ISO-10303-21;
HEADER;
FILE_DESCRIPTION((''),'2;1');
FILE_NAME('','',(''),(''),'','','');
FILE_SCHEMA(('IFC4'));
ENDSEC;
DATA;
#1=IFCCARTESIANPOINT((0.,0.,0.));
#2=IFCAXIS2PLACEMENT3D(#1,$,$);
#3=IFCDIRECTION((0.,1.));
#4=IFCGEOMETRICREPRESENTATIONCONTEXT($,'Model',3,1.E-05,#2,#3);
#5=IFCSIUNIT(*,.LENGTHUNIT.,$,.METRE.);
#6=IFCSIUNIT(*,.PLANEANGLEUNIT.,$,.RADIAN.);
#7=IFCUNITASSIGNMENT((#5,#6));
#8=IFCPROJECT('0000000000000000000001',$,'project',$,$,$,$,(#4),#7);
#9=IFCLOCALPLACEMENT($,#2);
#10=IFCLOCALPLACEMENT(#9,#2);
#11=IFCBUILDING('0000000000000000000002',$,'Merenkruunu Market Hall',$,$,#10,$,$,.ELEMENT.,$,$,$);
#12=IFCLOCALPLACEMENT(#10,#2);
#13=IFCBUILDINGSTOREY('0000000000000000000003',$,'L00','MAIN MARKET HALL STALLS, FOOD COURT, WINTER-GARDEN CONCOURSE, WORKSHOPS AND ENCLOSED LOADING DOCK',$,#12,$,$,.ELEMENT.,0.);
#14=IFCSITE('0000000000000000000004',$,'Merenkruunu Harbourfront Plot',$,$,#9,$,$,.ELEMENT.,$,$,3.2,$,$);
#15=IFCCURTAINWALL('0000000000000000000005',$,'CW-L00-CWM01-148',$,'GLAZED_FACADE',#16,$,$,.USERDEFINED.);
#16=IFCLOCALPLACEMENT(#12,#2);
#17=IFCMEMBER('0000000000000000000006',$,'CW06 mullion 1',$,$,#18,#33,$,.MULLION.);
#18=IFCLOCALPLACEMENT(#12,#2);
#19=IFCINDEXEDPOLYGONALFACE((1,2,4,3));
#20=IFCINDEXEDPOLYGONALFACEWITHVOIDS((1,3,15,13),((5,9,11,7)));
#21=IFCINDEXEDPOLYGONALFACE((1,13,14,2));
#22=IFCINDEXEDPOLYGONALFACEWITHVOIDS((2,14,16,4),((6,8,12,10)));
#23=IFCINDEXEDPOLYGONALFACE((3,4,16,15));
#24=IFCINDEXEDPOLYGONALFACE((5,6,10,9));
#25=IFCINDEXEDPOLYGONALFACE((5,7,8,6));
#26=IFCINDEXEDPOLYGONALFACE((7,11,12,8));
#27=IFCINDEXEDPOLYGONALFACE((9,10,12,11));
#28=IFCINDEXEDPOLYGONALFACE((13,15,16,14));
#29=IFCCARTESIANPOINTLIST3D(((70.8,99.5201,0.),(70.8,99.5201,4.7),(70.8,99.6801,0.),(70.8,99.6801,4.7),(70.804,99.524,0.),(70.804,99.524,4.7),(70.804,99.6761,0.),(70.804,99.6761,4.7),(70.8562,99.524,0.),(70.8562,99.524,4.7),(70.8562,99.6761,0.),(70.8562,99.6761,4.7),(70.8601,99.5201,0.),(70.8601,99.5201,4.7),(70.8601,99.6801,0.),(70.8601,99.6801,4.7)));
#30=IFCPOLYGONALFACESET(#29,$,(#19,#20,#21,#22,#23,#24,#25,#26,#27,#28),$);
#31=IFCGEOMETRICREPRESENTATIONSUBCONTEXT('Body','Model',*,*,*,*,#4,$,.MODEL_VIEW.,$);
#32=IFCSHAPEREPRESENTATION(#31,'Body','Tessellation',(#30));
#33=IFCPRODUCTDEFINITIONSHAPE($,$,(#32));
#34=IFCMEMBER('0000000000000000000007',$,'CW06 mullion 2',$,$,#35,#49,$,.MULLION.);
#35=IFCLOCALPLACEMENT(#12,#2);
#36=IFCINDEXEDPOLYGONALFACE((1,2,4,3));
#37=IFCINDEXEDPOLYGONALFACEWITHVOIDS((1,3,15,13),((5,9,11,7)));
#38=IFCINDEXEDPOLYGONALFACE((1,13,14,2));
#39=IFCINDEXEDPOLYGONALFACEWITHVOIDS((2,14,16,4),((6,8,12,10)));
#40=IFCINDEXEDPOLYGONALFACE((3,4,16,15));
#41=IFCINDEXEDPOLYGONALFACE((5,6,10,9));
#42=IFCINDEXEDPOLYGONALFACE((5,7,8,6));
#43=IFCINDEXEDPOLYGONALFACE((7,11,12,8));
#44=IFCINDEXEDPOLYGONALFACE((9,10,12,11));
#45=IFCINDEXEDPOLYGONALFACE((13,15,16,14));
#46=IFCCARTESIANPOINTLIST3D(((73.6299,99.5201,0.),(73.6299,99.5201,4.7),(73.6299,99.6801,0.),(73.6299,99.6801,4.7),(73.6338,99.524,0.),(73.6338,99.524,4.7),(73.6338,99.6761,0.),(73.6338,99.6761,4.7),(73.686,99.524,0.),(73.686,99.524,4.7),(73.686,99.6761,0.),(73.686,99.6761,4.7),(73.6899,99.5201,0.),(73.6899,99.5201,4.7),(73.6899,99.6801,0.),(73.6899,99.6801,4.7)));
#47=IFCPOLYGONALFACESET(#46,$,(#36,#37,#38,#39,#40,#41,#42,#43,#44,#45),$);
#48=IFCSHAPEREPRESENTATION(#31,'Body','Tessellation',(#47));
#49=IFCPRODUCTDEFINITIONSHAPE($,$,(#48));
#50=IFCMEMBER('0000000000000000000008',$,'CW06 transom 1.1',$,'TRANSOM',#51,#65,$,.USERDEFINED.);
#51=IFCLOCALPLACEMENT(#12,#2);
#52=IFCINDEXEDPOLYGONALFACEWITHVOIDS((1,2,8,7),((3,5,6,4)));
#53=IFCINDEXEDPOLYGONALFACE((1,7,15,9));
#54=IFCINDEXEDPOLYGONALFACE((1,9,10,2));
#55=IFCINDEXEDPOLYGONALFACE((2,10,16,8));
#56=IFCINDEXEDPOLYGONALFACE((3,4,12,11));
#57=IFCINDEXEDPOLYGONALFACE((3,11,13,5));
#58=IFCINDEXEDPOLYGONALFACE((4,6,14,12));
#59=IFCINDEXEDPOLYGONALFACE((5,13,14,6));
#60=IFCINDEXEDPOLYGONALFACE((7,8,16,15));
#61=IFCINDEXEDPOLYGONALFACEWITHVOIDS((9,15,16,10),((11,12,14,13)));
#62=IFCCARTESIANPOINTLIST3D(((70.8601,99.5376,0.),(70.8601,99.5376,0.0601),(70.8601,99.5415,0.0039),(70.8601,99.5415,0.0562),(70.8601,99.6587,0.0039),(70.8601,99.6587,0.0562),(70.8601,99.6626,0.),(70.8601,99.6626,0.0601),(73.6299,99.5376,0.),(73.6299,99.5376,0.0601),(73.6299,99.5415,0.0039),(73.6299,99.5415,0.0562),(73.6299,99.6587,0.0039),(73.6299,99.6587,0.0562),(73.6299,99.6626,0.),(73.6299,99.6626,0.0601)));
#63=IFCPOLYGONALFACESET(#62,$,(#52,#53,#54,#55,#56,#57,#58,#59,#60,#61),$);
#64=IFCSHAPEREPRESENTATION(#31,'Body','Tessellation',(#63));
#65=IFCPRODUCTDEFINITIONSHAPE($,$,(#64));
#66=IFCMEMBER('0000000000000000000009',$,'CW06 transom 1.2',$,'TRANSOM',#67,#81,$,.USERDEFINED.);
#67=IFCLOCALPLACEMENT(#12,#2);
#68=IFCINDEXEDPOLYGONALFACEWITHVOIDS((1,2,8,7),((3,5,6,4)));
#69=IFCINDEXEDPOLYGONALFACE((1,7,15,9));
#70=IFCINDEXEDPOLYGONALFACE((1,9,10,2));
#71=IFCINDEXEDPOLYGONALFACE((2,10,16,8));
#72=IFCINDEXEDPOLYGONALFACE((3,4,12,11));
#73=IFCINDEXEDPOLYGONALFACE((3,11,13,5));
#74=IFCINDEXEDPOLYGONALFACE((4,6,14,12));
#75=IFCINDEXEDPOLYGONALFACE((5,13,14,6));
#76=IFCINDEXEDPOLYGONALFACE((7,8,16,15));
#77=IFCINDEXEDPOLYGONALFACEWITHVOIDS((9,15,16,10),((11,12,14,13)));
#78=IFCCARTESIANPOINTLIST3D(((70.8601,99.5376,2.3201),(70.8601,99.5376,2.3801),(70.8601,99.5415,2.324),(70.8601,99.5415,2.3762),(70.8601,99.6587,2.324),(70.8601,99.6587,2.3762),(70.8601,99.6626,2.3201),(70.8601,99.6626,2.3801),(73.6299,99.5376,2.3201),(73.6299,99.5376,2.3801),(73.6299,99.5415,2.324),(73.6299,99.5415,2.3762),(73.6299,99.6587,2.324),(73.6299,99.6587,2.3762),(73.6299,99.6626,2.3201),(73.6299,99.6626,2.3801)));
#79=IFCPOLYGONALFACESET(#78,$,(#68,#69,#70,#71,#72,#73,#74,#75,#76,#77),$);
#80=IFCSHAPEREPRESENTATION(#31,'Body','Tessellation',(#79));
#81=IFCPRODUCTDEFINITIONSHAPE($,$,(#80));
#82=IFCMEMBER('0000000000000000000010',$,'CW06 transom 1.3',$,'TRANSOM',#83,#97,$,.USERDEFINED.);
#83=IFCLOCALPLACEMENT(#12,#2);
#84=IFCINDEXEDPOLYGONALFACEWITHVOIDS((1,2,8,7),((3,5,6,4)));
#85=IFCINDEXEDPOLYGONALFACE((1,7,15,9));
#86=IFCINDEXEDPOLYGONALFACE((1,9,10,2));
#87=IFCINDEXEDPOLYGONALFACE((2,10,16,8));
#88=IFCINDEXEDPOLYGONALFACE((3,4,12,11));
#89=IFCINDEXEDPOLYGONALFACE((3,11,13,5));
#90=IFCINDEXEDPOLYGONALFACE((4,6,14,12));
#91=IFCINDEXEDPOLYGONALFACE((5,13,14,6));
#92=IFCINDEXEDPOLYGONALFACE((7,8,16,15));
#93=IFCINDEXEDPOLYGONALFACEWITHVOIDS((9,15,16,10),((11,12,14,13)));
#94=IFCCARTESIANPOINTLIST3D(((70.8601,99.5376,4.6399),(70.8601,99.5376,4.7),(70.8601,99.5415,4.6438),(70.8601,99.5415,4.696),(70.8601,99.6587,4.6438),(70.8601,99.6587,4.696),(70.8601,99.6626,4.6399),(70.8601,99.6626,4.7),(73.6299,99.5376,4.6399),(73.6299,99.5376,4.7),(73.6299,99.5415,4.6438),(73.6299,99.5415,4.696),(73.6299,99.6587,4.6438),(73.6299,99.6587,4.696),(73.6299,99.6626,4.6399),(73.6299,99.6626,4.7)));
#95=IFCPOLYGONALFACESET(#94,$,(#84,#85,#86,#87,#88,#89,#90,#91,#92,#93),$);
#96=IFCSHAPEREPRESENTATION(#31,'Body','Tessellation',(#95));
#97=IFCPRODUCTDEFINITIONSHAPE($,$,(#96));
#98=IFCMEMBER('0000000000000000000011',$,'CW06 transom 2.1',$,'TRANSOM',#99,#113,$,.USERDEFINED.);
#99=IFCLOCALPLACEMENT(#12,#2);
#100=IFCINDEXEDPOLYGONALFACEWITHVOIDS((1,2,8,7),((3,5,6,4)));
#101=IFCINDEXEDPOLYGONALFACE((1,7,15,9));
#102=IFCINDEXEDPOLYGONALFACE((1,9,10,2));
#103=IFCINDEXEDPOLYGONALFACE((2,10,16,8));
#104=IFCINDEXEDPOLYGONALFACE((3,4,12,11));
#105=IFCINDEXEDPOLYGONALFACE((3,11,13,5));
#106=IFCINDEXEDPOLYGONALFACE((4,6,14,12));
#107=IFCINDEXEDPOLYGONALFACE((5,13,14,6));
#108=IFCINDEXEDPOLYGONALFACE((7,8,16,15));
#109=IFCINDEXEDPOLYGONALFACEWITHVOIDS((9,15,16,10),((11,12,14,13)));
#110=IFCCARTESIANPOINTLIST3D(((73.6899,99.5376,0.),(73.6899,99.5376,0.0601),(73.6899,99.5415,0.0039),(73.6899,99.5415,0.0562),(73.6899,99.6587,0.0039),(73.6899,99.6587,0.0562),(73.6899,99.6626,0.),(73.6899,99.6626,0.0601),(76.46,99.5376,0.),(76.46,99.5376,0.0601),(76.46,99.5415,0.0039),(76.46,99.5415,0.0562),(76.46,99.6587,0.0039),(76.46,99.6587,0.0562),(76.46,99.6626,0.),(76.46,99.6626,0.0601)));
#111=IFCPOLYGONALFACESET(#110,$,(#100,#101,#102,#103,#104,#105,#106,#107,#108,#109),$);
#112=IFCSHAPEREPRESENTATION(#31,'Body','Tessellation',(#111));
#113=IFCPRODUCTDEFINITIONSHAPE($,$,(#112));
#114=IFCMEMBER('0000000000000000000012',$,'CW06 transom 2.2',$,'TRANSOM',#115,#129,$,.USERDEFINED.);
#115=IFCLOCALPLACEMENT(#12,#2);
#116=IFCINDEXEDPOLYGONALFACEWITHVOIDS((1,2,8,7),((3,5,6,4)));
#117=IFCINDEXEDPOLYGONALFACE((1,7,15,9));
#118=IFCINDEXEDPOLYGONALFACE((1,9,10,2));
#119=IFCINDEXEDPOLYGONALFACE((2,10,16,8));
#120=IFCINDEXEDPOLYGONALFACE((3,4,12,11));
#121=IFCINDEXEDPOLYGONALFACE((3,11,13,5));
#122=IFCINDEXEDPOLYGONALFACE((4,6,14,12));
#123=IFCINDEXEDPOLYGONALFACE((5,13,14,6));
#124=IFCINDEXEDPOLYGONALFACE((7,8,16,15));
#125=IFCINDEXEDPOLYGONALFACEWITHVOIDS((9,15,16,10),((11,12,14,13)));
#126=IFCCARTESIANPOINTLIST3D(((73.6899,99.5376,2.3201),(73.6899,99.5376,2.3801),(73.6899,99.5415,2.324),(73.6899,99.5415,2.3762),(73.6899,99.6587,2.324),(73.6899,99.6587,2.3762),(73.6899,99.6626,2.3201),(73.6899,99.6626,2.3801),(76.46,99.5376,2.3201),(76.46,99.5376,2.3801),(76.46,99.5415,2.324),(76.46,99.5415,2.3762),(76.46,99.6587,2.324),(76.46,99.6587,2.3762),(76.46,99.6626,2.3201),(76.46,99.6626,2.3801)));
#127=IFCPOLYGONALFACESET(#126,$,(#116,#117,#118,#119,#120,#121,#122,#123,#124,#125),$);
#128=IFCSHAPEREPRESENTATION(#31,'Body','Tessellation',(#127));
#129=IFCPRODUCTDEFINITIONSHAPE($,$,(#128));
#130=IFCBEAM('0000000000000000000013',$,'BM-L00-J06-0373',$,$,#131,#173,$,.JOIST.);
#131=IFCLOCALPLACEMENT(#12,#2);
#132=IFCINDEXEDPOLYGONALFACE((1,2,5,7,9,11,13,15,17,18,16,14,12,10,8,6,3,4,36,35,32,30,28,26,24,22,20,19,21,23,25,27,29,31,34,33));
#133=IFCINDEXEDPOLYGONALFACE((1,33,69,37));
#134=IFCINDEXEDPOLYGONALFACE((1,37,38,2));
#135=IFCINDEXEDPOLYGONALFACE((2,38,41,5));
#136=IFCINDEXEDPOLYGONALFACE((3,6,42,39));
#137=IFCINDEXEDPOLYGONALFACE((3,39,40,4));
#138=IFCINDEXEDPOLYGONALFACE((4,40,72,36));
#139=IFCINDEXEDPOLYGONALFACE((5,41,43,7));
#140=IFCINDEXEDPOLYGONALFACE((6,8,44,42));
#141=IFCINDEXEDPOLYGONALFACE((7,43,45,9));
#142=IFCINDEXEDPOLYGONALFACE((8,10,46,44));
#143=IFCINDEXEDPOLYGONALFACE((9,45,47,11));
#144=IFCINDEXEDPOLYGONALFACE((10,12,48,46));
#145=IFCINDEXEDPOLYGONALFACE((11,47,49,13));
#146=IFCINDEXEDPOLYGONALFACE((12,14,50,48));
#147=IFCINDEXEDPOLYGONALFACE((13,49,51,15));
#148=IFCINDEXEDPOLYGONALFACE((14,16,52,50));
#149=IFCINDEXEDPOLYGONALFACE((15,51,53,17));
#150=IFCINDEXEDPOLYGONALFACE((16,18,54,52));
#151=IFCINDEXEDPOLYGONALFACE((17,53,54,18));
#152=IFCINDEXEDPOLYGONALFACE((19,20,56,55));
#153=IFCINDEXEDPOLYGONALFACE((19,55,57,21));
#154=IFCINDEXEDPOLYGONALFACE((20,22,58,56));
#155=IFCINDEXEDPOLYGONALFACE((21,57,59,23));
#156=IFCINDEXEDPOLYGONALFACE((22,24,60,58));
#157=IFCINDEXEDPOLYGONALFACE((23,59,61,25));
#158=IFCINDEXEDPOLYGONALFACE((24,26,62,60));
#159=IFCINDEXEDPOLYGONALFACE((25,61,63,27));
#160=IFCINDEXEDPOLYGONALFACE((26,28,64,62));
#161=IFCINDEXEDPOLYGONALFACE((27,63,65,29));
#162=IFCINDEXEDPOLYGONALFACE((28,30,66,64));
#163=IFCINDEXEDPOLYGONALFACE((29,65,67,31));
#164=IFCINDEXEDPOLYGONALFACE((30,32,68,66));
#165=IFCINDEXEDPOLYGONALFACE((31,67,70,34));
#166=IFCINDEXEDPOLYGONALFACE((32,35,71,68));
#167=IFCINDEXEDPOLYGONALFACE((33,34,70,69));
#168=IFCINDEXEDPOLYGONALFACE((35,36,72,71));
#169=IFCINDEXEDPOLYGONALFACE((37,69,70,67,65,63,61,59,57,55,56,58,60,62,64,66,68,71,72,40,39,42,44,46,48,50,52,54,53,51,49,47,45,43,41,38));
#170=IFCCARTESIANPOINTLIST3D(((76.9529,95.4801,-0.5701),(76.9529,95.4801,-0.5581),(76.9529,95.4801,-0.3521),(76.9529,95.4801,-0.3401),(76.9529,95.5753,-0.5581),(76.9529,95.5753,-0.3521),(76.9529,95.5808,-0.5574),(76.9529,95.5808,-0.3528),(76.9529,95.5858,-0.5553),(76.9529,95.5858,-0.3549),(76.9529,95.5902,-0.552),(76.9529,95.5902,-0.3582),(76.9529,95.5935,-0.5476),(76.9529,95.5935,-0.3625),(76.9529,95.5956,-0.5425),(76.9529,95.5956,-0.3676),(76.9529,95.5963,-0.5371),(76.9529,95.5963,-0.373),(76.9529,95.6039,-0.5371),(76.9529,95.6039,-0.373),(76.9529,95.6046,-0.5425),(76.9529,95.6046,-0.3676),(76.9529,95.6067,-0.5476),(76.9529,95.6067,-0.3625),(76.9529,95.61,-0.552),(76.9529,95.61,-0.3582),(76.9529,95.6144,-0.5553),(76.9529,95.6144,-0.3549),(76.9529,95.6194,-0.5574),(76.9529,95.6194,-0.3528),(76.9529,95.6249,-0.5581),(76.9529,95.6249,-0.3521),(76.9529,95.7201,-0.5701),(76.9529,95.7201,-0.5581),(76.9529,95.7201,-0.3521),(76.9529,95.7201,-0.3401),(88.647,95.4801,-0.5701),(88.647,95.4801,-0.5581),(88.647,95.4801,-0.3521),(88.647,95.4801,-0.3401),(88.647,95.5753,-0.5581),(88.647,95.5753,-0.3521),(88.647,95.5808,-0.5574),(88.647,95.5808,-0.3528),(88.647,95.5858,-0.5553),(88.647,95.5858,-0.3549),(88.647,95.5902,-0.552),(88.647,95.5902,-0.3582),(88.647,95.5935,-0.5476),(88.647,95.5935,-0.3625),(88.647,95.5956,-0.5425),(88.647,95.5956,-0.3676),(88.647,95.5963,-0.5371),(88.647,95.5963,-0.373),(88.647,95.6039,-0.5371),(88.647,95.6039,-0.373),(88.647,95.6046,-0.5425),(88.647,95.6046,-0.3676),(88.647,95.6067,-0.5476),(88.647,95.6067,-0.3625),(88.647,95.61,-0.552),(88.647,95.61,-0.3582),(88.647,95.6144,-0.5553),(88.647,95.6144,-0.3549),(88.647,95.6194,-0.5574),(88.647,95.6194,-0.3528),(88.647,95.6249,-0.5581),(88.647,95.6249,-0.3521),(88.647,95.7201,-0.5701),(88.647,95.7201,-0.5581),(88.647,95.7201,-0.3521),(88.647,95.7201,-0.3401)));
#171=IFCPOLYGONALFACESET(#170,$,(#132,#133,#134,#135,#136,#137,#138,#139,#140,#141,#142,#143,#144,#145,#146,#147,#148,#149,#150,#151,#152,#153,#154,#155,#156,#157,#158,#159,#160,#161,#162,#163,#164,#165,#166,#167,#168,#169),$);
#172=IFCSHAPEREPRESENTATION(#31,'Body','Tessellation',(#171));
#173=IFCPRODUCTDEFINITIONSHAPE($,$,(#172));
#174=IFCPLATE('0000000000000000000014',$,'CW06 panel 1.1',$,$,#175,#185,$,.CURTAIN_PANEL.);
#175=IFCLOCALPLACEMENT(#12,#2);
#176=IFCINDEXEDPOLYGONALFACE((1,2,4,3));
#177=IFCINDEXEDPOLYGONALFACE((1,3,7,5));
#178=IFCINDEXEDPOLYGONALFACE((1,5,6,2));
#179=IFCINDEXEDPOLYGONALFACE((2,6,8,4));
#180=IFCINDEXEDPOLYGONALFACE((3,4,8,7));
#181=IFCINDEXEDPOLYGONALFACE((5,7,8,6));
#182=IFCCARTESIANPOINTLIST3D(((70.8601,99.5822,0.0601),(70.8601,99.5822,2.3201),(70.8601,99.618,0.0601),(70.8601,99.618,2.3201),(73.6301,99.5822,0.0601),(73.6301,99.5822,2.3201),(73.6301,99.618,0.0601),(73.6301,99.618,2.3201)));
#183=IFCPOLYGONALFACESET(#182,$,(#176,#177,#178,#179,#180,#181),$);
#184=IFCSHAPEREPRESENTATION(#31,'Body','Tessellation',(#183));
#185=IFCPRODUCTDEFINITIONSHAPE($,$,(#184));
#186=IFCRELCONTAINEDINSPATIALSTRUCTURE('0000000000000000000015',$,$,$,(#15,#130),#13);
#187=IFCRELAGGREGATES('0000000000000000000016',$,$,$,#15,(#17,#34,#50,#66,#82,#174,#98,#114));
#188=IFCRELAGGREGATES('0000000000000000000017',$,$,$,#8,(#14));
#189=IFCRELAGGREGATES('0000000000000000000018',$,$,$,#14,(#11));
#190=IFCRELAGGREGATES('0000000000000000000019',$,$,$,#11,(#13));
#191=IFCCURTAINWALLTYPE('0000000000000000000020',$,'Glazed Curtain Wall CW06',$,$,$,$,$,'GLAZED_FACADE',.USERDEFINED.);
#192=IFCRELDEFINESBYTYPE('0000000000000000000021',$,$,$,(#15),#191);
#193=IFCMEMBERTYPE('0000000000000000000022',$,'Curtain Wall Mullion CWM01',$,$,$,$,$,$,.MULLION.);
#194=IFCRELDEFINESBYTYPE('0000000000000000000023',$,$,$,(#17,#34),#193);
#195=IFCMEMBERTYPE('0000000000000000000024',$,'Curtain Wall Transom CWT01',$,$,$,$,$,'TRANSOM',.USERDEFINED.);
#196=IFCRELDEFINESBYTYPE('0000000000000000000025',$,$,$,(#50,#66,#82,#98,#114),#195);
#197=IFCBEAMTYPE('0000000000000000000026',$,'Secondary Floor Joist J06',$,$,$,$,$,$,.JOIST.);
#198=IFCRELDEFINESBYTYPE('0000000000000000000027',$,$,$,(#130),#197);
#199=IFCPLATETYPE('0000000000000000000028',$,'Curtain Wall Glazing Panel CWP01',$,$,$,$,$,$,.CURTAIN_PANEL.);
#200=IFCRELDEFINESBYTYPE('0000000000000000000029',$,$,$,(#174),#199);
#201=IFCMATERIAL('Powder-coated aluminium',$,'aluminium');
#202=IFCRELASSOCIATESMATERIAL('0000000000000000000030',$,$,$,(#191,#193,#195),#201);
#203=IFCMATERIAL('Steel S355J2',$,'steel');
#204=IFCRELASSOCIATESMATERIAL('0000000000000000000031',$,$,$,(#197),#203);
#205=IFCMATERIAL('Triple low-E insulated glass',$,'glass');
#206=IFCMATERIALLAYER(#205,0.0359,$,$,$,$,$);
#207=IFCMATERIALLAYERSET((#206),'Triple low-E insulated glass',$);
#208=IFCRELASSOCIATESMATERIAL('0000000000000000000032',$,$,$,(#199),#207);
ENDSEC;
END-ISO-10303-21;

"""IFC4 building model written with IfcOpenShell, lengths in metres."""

from ifc_helpers import new_model, si_unit, direction, frame, origin, origin_2d, place, context, subcontext, project, spatial, rectangle, hollow_rectangle, i_section, extrude, material, layer, layer_set, material_profile, profile_set, type_object, element, aggregate, save


model = new_model("IFC4")

# Units and contexts
model_context = context("Model", 3, precision=1e-05, world=origin(), true_north=direction((0.0, 1.0)))
body_context = subcontext(model_context, "Body", "Model", "MODEL_VIEW")
ifc_project = project(units=[si_unit("LENGTHUNIT", "METRE"), si_unit("PLANEANGLEUNIT", "RADIAN")], contexts=[model_context])

# Site, building, storey
site_placement = place(None, origin())
site = spatial("IfcSite", under=ifc_project, at=site_placement, Name="Merenkruunu Harbourfront Plot", CompositionType="ELEMENT", RefElevation=3.2)
building_placement = place(site_placement, origin())
building = spatial("IfcBuilding", under=site, at=building_placement, Name="Merenkruunu Market Hall", CompositionType="ELEMENT")
storey_placement = place(building_placement, origin())
storey = spatial("IfcBuildingStorey", under=building, at=storey_placement, Name="L00", Description="MAIN MARKET HALL STALLS, FOOD COURT, WINTER-GARDEN CONCOURSE, WORKSHOPS AND ENCLOSED LOADING DOCK", CompositionType="ELEMENT", Elevation=0.0)

# Curtain wall, members
ifc_material_1 = material(Name="Powder-coated aluminium", Category="aluminium")
curtain_wall_type = type_object("IfcCurtainWallType", Name="Glazed Curtain Wall CW06", ElementType="GLAZED_FACADE", PredefinedType="USERDEFINED", material=ifc_material_1)
curtain_wall_placement = place(storey_placement, origin())
curtain_wall = element("IfcCurtainWall", 1, at=curtain_wall_placement, inside=storey, type_object=curtain_wall_type, Name="CW-L00-CWM01-148", ObjectType="GLAZED_FACADE", PredefinedType="USERDEFINED")
ifc_material_profile_1 = material_profile(ifc_material_1, hollow_rectangle(XDim=0.0601, YDim=0.1599, WallThickness=0.0039, at=origin_2d()), Name="ALU 60x160x4")
ifc_profile_set_1 = profile_set([ifc_material_profile_1], Name="Powder-coated aluminium")
member_type_1 = type_object("IfcMemberType", Name="Curtain Wall Mullion CWM01", PredefinedType="MULLION", material=ifc_profile_set_1)
member_1_placement = place(storey_placement, frame((70.8301, 99.6001, 0.0), z_axis=(0.0, 0.0, 1.0), x_axis=(1.0, 0.0, 0.0)))
member_1 = element("IfcMember", 2, at=member_1_placement, type_object=member_type_1, Name="CW06 mullion 1", PredefinedType="MULLION", context=body_context, shape_type="SweptSolid", body=[
    extrude(hollow_rectangle(XDim=0.0601, YDim=0.1599, WallThickness=0.0039, at=origin_2d()), origin(), (0.0, 0.0, 1.0), 4.7),
])
member_2_placement = place(storey_placement, frame((73.6599, 99.6001, 0.0), z_axis=(0.0, 0.0, 1.0), x_axis=(1.0, 0.0, 0.0)))
member_2 = element("IfcMember", 3, at=member_2_placement, type_object=member_type_1, Name="CW06 mullion 2", PredefinedType="MULLION", context=body_context, shape_type="SweptSolid", body=[
    extrude(hollow_rectangle(XDim=0.0601, YDim=0.1599, WallThickness=0.0039, at=origin_2d()), origin(), (0.0, 0.0, 1.0), 4.7),
])
ifc_material_profile_2 = material_profile(ifc_material_1, hollow_rectangle(XDim=0.0601, YDim=0.125, WallThickness=0.0039, at=origin_2d()), Name="ALU 60x125x4")
ifc_profile_set_2 = profile_set([ifc_material_profile_2], Name="Powder-coated aluminium")
member_type_2 = type_object("IfcMemberType", Name="Curtain Wall Transom CWT01", ElementType="TRANSOM", PredefinedType="USERDEFINED", material=ifc_profile_set_2)
member_3_placement = place(storey_placement, frame((70.8601, 99.6001, 0.03), z_axis=(1.0, 0.0, 0.0), x_axis=(0.0, 0.0, 1.0)))
member_3 = element("IfcMember", 4, at=member_3_placement, type_object=member_type_2, Name="CW06 transom 1.1", ObjectType="TRANSOM", PredefinedType="USERDEFINED", context=body_context, shape_type="SweptSolid", body=[
    extrude(hollow_rectangle(XDim=0.0601, YDim=0.125, WallThickness=0.0039, at=origin_2d()), origin(), (0.0, 0.0, 1.0), 2.7698),
])
member_4_placement = place(storey_placement, frame((70.8601, 99.6001, 2.3501), z_axis=(1.0, 0.0, 0.0), x_axis=(0.0, 0.0, 1.0)))
member_4 = element("IfcMember", 5, at=member_4_placement, type_object=member_type_2, Name="CW06 transom 1.2", ObjectType="TRANSOM", PredefinedType="USERDEFINED", context=body_context, shape_type="SweptSolid", body=[
    extrude(hollow_rectangle(XDim=0.0601, YDim=0.125, WallThickness=0.0039, at=origin_2d()), origin(), (0.0, 0.0, 1.0), 2.7698),
])
member_5_placement = place(storey_placement, frame((70.8601, 99.6001, 4.6699), z_axis=(1.0, 0.0, 0.0), x_axis=(0.0, 0.0, 1.0)))
member_5 = element("IfcMember", 6, at=member_5_placement, type_object=member_type_2, Name="CW06 transom 1.3", ObjectType="TRANSOM", PredefinedType="USERDEFINED", context=body_context, shape_type="SweptSolid", body=[
    extrude(hollow_rectangle(XDim=0.0601, YDim=0.125, WallThickness=0.0039, at=origin_2d()), origin(), (0.0, 0.0, 1.0), 2.7698),
])
member_6_placement = place(storey_placement, frame((73.6899, 99.6001, 0.03), z_axis=(1.0, 0.0, 0.0), x_axis=(0.0, 0.0, 1.0)))
member_6 = element("IfcMember", 7, at=member_6_placement, type_object=member_type_2, Name="CW06 transom 2.1", ObjectType="TRANSOM", PredefinedType="USERDEFINED", context=body_context, shape_type="SweptSolid", body=[
    extrude(hollow_rectangle(XDim=0.0601, YDim=0.125, WallThickness=0.0039, at=origin_2d()), origin(), (0.0, 0.0, 1.0), 2.77),
])
member_7_placement = place(storey_placement, frame((73.6899, 99.6001, 2.3501), z_axis=(1.0, 0.0, 0.0), x_axis=(0.0, 0.0, 1.0)))
member_7 = element("IfcMember", 8, at=member_7_placement, type_object=member_type_2, Name="CW06 transom 2.2", ObjectType="TRANSOM", PredefinedType="USERDEFINED", context=body_context, shape_type="SweptSolid", body=[
    extrude(hollow_rectangle(XDim=0.0601, YDim=0.125, WallThickness=0.0039, at=origin_2d()), origin(), (0.0, 0.0, 1.0), 2.77),
])

# Beam
ifc_material_2 = material(Name="Steel S355J2", Category="steel")
ifc_material_profile_3 = material_profile(ifc_material_2, i_section(OverallWidth=0.24, OverallDepth=0.23, WebThickness=0.0076, FlangeThickness=0.012, FilletRadius=0.021, at=origin_2d()), Name="HEA 240")
ifc_profile_set_3 = profile_set([ifc_material_profile_3], Name="Steel S355J2")
beam_type = type_object("IfcBeamType", Name="Secondary Floor Joist J06", PredefinedType="JOIST", material=ifc_profile_set_3)
beam_placement = place(storey_placement, frame((76.9529, 95.6001, -0.4551), z_axis=(1.0, 0.0, 0.0), x_axis=(0.0, 1.0, 0.0)))
element("IfcBeam", 9, at=beam_placement, inside=storey, type_object=beam_type, Name="BM-L00-J06-0373", PredefinedType="JOIST", context=body_context, shape_type="SweptSolid", body=[
    extrude(i_section(OverallWidth=0.24, OverallDepth=0.23, WebThickness=0.0076, FlangeThickness=0.012, FilletRadius=0.021, at=origin_2d()), origin(), (0.0, 0.0, 1.0), 11.6941),
])

# Plate
ifc_material_3 = material(Name="Triple low-E insulated glass", Category="glass")
ifc_layer_1 = layer(ifc_material_3, 0.0359)
ifc_layer_set_1 = layer_set([ifc_layer_1], Name="Triple low-E insulated glass")
plate_type = type_object("IfcPlateType", Name="Curtain Wall Glazing Panel CWP01", PredefinedType="CURTAIN_PANEL", material=ifc_layer_set_1)
plate_1_placement = place(storey_placement, frame((72.2451, 99.6001, 0.0601), z_axis=(0.0, 0.0, 1.0), x_axis=(1.0, 0.0, 0.0)))
plate_1 = element("IfcPlate", 10, at=plate_1_placement, type_object=plate_type, Name="CW06 panel 1.1", PredefinedType="CURTAIN_PANEL", context=body_context, shape_type="SweptSolid", body=[
    extrude(rectangle(XDim=2.77, YDim=0.0359, at=origin_2d()), origin(), (0.0, 0.0, 1.0), 2.26),
])
aggregate(curtain_wall, [member_1, member_2, member_3, member_4, member_5, plate_1, member_6, member_7])

save(model, "model.ifc")
